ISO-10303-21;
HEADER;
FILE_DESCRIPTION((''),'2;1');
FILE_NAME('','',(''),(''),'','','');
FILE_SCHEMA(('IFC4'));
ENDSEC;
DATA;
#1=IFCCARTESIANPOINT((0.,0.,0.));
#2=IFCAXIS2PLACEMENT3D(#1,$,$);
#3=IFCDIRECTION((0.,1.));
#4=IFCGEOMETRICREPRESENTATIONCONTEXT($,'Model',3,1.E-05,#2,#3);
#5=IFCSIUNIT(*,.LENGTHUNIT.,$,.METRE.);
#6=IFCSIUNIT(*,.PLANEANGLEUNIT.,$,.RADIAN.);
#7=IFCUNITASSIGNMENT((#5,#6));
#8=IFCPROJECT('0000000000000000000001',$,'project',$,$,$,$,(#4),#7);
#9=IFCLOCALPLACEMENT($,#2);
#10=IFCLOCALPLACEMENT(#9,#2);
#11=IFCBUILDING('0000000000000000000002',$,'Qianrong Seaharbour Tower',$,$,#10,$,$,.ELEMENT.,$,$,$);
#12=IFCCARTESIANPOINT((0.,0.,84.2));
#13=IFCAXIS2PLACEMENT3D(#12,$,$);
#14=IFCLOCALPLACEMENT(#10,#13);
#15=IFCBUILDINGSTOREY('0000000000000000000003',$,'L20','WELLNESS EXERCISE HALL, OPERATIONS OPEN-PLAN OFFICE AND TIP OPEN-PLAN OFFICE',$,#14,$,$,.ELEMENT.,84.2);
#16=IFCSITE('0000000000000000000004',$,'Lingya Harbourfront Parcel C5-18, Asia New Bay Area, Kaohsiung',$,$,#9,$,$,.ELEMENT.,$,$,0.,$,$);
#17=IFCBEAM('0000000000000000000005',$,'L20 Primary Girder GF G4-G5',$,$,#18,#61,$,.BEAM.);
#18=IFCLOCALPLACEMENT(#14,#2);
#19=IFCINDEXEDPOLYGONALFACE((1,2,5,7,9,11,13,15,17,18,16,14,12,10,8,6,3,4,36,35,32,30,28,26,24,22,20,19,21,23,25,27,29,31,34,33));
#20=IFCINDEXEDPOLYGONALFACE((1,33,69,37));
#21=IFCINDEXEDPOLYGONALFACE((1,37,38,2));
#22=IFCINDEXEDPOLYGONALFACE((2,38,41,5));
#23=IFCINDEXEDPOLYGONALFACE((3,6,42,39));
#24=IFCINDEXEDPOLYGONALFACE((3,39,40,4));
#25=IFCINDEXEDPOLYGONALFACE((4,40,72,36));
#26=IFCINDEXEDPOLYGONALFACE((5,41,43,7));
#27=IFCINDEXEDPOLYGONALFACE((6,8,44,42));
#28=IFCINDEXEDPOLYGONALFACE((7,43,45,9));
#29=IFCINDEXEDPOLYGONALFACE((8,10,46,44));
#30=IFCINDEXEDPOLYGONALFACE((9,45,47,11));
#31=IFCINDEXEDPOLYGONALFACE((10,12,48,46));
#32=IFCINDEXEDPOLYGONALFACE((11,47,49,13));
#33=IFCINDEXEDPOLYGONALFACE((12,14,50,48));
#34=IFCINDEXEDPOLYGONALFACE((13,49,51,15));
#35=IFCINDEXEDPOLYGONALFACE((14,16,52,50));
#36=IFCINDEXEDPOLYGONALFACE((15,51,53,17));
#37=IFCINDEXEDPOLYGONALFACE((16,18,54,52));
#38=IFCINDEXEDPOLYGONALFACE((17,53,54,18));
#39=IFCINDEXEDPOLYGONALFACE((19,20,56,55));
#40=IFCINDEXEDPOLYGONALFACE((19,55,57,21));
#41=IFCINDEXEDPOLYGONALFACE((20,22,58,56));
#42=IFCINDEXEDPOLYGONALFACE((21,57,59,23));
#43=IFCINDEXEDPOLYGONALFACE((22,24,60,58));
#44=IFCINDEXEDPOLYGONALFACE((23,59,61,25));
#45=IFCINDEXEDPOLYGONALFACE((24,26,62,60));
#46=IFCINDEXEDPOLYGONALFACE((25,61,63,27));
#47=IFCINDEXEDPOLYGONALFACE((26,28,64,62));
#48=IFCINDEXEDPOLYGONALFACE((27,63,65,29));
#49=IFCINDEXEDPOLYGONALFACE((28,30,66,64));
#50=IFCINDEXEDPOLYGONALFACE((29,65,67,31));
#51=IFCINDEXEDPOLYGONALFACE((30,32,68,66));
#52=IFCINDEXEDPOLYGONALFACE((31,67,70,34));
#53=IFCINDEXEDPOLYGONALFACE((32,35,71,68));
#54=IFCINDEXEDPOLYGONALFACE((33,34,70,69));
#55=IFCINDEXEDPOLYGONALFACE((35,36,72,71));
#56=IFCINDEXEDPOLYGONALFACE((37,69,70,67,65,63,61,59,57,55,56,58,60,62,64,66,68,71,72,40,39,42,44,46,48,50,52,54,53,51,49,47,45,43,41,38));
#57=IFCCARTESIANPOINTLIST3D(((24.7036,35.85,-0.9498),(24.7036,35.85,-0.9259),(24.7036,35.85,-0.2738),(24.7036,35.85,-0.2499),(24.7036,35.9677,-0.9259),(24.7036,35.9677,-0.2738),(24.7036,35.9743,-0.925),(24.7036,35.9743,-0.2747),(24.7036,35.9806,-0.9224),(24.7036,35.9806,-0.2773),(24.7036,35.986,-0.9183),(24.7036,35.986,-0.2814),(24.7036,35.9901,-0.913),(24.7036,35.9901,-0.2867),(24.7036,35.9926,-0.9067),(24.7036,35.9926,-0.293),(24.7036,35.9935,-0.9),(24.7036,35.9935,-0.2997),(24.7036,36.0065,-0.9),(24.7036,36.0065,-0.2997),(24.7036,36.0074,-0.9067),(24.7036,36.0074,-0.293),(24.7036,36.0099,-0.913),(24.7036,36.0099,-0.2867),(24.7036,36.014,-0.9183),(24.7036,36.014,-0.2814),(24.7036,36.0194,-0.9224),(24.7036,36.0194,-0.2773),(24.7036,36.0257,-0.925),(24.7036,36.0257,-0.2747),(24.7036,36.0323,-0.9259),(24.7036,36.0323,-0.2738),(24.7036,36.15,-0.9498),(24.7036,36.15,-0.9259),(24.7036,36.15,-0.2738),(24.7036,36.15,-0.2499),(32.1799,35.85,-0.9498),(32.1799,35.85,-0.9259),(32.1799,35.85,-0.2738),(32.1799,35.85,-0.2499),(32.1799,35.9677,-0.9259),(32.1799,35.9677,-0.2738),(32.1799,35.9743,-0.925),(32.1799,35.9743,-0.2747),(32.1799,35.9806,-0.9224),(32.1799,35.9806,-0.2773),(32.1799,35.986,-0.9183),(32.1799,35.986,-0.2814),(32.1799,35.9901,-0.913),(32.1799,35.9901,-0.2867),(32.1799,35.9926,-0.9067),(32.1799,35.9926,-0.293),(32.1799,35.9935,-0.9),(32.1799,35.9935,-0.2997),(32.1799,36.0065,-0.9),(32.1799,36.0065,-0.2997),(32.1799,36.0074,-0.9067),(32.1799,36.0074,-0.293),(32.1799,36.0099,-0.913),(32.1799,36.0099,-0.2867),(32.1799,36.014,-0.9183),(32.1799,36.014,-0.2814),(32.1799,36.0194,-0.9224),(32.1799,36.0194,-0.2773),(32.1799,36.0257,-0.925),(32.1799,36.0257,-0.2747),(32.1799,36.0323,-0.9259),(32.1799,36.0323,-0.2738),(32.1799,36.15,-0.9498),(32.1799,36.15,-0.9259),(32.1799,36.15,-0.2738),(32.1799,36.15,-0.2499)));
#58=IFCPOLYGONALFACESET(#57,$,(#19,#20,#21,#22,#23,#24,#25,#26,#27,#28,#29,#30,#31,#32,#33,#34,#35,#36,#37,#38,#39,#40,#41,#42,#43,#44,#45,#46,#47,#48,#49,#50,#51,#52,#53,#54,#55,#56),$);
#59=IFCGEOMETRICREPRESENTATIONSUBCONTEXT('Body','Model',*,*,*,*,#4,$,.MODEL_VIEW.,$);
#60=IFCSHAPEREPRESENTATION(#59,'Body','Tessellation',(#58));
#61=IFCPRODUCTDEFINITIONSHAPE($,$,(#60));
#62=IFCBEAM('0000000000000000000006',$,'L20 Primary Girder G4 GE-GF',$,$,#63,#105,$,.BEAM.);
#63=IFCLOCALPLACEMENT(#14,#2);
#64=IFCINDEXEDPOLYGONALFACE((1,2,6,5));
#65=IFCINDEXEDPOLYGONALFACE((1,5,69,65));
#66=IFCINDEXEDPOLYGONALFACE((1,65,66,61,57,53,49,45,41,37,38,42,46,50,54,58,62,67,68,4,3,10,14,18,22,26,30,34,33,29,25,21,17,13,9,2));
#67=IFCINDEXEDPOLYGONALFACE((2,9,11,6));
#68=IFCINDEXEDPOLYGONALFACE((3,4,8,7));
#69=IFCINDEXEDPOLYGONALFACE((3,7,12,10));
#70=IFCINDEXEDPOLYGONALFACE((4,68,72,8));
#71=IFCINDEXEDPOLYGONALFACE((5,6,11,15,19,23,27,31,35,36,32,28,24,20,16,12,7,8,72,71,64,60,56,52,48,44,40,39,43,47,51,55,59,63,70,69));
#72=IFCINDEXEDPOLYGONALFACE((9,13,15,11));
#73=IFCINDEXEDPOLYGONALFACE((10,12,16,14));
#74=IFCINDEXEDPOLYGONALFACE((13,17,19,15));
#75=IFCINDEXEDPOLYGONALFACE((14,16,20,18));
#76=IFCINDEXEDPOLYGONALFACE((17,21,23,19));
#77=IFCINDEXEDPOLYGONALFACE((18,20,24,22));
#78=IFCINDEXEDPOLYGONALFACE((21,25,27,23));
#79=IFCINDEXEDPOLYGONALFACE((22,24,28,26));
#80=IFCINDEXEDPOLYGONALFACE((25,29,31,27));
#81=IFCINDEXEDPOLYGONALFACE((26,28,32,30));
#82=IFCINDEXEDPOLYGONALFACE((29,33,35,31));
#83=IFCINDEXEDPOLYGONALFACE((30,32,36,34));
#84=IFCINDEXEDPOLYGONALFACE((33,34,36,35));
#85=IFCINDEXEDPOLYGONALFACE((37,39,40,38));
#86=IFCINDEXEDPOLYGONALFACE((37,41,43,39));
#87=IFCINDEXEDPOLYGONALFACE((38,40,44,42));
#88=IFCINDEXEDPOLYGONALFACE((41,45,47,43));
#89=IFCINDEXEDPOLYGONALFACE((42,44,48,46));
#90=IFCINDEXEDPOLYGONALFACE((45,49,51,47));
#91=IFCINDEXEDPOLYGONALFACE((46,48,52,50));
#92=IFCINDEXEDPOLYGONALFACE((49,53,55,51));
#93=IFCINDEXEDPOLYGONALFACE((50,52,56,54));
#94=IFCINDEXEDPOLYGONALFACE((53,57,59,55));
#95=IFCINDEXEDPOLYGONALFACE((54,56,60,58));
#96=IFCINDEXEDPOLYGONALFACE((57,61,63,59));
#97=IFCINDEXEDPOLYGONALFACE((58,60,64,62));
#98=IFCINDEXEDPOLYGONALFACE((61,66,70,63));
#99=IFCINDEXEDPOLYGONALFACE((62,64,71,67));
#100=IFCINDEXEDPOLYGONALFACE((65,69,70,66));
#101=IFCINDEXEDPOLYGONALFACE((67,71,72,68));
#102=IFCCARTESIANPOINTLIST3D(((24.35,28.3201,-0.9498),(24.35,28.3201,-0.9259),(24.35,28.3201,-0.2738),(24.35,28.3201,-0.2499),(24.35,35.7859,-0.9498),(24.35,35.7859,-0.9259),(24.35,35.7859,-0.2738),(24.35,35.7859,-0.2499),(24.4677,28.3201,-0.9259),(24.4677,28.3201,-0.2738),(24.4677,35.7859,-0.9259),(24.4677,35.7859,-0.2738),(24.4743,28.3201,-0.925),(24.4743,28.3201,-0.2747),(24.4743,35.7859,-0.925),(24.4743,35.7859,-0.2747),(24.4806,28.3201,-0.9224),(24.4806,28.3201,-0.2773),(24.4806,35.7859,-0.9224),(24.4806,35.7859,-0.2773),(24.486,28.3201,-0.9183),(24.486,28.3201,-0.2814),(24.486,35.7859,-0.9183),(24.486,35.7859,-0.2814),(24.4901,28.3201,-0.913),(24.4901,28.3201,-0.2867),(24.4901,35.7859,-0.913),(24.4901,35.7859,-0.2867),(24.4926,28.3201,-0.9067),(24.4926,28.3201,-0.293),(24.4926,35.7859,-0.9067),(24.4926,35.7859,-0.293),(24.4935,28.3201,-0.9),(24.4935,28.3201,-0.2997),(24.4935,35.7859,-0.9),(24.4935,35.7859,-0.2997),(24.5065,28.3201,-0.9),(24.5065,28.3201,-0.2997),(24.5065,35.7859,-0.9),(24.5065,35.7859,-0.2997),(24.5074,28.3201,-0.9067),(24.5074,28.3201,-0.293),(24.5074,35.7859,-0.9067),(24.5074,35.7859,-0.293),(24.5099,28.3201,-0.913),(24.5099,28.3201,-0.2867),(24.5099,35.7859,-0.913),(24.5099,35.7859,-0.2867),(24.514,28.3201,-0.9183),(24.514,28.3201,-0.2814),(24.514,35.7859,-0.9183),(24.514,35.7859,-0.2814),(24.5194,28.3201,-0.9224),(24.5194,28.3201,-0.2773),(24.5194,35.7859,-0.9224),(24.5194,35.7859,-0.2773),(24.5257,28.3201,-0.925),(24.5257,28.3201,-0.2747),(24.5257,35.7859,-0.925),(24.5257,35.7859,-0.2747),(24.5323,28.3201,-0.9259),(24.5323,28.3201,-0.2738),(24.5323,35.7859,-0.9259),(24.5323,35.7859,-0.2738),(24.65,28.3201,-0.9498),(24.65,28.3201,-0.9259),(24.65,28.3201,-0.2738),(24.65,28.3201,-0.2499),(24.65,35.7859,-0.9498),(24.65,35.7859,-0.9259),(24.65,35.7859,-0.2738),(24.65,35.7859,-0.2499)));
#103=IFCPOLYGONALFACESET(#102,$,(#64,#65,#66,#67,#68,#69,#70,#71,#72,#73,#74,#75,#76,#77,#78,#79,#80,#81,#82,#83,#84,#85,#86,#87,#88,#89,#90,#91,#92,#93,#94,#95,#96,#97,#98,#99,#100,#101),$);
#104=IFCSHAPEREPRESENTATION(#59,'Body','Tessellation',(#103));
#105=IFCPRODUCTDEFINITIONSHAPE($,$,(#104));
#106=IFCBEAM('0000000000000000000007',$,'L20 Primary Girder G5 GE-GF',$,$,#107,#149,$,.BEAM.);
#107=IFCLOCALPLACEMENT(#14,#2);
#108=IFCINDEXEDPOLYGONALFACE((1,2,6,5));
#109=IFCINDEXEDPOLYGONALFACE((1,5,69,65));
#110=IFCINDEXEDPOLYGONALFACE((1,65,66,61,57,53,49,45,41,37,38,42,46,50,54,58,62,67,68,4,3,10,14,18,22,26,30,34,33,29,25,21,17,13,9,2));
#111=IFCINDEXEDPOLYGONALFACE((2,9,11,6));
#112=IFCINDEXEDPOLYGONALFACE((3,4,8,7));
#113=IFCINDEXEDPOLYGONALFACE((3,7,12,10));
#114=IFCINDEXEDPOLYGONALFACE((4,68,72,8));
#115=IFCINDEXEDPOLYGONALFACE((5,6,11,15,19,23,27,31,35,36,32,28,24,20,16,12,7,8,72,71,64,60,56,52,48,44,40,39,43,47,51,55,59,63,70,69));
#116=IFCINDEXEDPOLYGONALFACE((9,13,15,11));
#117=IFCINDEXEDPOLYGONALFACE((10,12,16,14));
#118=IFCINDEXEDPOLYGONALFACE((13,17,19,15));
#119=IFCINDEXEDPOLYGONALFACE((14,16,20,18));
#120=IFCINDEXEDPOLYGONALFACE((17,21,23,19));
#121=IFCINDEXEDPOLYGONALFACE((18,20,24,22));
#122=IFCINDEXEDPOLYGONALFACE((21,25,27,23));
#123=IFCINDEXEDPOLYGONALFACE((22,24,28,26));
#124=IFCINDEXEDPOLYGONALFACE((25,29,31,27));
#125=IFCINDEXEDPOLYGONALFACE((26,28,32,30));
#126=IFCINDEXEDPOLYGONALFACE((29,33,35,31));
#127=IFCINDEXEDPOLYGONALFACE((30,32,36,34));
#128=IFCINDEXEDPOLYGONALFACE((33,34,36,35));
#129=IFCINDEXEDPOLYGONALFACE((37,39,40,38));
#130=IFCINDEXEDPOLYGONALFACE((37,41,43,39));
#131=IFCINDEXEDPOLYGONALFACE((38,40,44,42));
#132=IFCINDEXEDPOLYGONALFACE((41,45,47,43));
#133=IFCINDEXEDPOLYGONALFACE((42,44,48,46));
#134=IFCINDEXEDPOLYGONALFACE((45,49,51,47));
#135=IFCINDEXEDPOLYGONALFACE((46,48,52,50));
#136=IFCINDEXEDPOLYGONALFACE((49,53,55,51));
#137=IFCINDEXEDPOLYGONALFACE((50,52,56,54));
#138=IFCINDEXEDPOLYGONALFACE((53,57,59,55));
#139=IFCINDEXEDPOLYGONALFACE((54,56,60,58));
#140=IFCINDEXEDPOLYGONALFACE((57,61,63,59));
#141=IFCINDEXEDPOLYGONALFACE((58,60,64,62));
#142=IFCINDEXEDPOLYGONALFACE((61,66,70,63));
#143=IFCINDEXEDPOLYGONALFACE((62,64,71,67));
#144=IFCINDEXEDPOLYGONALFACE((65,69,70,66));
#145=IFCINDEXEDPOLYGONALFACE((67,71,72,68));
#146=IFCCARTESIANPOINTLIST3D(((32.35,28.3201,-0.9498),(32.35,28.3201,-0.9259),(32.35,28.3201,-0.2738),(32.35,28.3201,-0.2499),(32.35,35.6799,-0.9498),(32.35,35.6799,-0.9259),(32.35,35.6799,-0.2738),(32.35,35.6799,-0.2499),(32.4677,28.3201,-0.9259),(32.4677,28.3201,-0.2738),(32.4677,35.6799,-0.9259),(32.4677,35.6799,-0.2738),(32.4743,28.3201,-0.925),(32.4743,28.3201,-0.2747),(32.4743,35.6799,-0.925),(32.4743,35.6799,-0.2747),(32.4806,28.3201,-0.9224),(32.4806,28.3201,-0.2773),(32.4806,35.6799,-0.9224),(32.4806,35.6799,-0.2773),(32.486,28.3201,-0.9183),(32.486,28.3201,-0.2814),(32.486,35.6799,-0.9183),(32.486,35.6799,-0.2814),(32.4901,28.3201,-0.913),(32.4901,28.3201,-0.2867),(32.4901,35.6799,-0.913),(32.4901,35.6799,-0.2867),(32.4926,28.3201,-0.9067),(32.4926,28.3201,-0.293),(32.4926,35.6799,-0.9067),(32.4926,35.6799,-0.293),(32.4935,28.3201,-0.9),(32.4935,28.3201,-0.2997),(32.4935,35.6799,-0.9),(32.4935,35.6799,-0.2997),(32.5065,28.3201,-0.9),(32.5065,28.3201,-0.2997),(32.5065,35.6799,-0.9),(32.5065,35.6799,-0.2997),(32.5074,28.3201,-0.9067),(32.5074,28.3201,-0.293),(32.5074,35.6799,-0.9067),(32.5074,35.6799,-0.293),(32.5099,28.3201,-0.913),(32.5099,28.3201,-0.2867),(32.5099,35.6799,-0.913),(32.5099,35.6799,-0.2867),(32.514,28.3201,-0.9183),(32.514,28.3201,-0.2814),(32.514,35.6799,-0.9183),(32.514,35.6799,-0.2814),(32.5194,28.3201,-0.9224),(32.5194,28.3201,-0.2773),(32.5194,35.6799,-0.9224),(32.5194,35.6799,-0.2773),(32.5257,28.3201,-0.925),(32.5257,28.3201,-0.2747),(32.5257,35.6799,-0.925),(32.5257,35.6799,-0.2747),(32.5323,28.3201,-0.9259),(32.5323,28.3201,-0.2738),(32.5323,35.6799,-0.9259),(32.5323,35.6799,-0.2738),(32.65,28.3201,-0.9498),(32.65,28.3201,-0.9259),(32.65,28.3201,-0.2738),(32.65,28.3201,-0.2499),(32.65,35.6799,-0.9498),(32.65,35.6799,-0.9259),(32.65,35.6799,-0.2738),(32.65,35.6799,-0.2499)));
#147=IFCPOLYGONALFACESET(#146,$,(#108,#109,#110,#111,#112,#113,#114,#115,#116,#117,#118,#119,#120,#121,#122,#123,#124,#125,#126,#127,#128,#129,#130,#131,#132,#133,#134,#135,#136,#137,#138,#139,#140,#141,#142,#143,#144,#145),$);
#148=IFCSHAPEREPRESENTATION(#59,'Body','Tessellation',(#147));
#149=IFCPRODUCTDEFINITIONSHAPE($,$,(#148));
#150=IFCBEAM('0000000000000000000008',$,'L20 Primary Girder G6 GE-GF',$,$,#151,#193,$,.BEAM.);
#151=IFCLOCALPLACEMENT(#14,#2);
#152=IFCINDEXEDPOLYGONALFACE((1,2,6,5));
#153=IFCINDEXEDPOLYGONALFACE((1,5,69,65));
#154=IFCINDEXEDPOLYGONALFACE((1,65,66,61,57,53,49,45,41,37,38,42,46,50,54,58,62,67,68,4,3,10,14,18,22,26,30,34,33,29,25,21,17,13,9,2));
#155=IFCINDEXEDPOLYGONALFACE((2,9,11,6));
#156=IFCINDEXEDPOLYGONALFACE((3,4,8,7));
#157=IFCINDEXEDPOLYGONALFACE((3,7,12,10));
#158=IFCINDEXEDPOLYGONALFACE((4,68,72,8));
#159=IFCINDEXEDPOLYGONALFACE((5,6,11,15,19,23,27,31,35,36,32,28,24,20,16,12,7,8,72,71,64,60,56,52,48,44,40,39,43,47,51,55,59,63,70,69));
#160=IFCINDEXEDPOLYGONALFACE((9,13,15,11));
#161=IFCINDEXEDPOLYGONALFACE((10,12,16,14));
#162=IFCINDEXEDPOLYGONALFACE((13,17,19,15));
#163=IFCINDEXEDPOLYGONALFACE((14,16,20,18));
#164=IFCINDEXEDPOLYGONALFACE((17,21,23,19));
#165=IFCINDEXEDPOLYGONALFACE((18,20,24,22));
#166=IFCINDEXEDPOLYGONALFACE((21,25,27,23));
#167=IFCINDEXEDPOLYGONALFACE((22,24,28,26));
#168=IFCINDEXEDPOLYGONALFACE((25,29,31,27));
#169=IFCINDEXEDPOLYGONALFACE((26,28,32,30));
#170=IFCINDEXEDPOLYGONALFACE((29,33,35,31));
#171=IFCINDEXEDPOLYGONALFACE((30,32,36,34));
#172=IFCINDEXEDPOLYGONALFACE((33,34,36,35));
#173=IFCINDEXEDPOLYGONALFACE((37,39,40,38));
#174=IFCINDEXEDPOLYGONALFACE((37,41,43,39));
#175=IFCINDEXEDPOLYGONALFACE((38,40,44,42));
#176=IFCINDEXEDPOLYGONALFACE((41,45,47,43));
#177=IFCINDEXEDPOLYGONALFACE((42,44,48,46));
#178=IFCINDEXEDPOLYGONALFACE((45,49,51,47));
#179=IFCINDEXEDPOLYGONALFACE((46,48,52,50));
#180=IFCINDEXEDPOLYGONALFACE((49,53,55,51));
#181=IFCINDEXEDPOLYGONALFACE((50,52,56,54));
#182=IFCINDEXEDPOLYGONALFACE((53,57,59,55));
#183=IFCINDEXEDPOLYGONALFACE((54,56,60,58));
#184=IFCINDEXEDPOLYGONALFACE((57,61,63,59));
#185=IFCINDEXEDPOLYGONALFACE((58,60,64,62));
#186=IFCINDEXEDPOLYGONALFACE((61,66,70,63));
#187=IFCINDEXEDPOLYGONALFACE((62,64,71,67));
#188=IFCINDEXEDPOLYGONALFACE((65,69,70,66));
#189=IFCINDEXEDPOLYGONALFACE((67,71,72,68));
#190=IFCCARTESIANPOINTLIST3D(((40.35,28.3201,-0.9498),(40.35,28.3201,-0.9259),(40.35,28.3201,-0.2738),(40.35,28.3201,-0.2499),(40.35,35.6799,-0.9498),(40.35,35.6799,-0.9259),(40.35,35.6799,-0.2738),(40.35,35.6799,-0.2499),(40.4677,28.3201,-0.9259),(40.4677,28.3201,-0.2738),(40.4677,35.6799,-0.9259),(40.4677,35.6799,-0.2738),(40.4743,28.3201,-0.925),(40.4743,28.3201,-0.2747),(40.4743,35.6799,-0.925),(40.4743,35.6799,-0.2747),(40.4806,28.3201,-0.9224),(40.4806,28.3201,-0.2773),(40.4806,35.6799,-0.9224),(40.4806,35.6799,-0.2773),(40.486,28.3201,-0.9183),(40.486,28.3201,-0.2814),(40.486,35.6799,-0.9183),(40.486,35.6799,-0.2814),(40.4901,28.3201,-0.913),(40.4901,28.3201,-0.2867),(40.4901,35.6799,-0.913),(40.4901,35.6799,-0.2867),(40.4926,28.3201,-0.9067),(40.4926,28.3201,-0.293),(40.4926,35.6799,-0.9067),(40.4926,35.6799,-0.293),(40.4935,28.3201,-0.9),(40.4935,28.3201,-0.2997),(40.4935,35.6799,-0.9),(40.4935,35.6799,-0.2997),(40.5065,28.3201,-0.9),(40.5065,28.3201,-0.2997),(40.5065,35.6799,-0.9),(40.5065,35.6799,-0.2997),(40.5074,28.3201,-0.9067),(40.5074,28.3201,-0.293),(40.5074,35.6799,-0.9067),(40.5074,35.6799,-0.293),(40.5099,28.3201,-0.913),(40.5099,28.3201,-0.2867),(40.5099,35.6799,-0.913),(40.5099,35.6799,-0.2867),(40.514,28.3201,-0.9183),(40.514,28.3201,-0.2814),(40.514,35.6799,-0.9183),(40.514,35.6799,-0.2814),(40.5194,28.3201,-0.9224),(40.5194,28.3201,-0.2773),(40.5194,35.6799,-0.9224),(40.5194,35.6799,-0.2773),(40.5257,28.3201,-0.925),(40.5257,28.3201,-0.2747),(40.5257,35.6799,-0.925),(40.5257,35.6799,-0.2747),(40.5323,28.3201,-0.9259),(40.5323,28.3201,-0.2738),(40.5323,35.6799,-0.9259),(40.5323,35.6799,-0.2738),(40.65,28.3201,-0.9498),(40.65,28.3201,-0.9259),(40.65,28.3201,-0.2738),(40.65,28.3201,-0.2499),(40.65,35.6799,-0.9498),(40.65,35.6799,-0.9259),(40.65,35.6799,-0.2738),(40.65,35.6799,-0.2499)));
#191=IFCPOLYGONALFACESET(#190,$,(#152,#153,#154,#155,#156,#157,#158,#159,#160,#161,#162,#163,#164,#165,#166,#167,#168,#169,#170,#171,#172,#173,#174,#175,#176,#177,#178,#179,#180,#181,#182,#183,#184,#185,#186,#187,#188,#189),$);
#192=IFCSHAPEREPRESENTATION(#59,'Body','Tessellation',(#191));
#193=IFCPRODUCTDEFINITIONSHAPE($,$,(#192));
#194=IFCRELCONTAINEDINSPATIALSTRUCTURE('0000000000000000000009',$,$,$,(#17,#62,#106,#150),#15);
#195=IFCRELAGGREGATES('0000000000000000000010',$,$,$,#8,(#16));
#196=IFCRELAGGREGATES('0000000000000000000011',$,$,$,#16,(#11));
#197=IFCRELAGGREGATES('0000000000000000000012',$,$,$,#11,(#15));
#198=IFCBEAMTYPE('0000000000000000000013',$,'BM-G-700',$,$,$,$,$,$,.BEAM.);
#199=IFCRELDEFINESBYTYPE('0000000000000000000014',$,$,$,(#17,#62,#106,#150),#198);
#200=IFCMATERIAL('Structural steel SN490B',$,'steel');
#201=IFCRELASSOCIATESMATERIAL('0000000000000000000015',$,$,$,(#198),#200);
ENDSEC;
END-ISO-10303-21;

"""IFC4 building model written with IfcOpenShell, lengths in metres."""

from ifc_helpers import new_model, si_unit, direction, frame, origin, origin_2d, place, context, subcontext, project, spatial, i_section, extrude, material, material_profile, profile_set, type_object, element, save


model = new_model("IFC4")

# Units and contexts
model_context = context("Model", 3, precision=1e-05, world=origin(), true_north=direction((0.0, 1.0)))
body_context = subcontext(model_context, "Body", "Model", "MODEL_VIEW")
ifc_project = project(units=[si_unit("LENGTHUNIT", "METRE"), si_unit("PLANEANGLEUNIT", "RADIAN")], contexts=[model_context])

# Site, building, storey
site_placement = place(None, origin())
site = spatial("IfcSite", under=ifc_project, at=site_placement, Name="Lingya Harbourfront Parcel C5-18, Asia New Bay Area, Kaohsiung", CompositionType="ELEMENT", RefElevation=0.0)
building_placement = place(site_placement, origin())
building = spatial("IfcBuilding", under=site, at=building_placement, Name="Qianrong Seaharbour Tower", CompositionType="ELEMENT")
storey_placement = place(building_placement, frame((0.0, 0.0, 84.2)))
storey = spatial("IfcBuildingStorey", under=building, at=storey_placement, Name="L20", Description="WELLNESS EXERCISE HALL, OPERATIONS OPEN-PLAN OFFICE AND TIP OPEN-PLAN OFFICE", CompositionType="ELEMENT", Elevation=84.2)

# Shared definitions
ifc_material_1 = material(Name="Structural steel SN490B", Category="steel")

# Beams
ifc_material_profile_1 = material_profile(ifc_material_1, i_section(OverallWidth=0.3, OverallDepth=0.7, WebThickness=0.0129, FlangeThickness=0.0239, FilletRadius=0.0259, at=origin_2d()), Name="H700x300x13x24")
ifc_profile_set_1 = profile_set([ifc_material_profile_1], Name="Structural steel SN490B")
beam_type_1 = type_object("IfcBeamType", Name="BM-G-700", PredefinedType="BEAM", material=ifc_profile_set_1)
beam_1_placement = place(storey_placement, frame((24.7036, 36.0, -0.5999), z_axis=(1.0, 0.0, 0.0), x_axis=(0.0, 1.0, 0.0)))
element("IfcBeam", 1, at=beam_1_placement, inside=storey, type_object=beam_type_1, Name="L20 Primary Girder GF G4-G5", PredefinedType="BEAM", context=body_context, shape_type="SweptSolid", body=[
    extrude(i_section(OverallWidth=0.3, OverallDepth=0.7, WebThickness=0.0129, FlangeThickness=0.0239, FilletRadius=0.0259, at=origin_2d()), origin(), (0.0, 0.0, 1.0), 7.4763),
])
beam_2_placement = place(storey_placement, frame((24.5, 28.3201, -0.5999), z_axis=(0.0, 1.0, 0.0), x_axis=(-1.0, 0.0, 0.0)))
element("IfcBeam", 2, at=beam_2_placement, inside=storey, type_object=beam_type_1, Name="L20 Primary Girder G4 GE-GF", PredefinedType="BEAM", context=body_context, shape_type="SweptSolid", body=[
    extrude(i_section(OverallWidth=0.3, OverallDepth=0.7, WebThickness=0.0129, FlangeThickness=0.0239, FilletRadius=0.0259, at=origin_2d()), origin(), (0.0, 0.0, 1.0), 7.4658),
])
for number, where, z_axis, x_axis, name in (
    (3, (32.5, 28.3201, -0.5999), (0.0, 1.0, 0.0), (-1.0, 0.0, 0.0), "L20 Primary Girder G5 GE-GF"),
    (4, (40.5, 28.3201, -0.5999), (0.0, 1.0, 0.0), (-1.0, 0.0, 0.0), "L20 Primary Girder G6 GE-GF"),
):
    element("IfcBeam", number, at=place(storey_placement, frame(where, z_axis=z_axis, x_axis=x_axis)), inside=storey, type_object=beam_type_1, Name=name, PredefinedType="BEAM", context=body_context, shape_type="SweptSolid", body=[
        extrude(i_section(OverallWidth=0.3, OverallDepth=0.7, WebThickness=0.0129, FlangeThickness=0.0239, FilletRadius=0.0259, at=origin_2d()), origin(), (0.0, 0.0, 1.0), 7.3599),
    ])

save(model, "model.ifc")
